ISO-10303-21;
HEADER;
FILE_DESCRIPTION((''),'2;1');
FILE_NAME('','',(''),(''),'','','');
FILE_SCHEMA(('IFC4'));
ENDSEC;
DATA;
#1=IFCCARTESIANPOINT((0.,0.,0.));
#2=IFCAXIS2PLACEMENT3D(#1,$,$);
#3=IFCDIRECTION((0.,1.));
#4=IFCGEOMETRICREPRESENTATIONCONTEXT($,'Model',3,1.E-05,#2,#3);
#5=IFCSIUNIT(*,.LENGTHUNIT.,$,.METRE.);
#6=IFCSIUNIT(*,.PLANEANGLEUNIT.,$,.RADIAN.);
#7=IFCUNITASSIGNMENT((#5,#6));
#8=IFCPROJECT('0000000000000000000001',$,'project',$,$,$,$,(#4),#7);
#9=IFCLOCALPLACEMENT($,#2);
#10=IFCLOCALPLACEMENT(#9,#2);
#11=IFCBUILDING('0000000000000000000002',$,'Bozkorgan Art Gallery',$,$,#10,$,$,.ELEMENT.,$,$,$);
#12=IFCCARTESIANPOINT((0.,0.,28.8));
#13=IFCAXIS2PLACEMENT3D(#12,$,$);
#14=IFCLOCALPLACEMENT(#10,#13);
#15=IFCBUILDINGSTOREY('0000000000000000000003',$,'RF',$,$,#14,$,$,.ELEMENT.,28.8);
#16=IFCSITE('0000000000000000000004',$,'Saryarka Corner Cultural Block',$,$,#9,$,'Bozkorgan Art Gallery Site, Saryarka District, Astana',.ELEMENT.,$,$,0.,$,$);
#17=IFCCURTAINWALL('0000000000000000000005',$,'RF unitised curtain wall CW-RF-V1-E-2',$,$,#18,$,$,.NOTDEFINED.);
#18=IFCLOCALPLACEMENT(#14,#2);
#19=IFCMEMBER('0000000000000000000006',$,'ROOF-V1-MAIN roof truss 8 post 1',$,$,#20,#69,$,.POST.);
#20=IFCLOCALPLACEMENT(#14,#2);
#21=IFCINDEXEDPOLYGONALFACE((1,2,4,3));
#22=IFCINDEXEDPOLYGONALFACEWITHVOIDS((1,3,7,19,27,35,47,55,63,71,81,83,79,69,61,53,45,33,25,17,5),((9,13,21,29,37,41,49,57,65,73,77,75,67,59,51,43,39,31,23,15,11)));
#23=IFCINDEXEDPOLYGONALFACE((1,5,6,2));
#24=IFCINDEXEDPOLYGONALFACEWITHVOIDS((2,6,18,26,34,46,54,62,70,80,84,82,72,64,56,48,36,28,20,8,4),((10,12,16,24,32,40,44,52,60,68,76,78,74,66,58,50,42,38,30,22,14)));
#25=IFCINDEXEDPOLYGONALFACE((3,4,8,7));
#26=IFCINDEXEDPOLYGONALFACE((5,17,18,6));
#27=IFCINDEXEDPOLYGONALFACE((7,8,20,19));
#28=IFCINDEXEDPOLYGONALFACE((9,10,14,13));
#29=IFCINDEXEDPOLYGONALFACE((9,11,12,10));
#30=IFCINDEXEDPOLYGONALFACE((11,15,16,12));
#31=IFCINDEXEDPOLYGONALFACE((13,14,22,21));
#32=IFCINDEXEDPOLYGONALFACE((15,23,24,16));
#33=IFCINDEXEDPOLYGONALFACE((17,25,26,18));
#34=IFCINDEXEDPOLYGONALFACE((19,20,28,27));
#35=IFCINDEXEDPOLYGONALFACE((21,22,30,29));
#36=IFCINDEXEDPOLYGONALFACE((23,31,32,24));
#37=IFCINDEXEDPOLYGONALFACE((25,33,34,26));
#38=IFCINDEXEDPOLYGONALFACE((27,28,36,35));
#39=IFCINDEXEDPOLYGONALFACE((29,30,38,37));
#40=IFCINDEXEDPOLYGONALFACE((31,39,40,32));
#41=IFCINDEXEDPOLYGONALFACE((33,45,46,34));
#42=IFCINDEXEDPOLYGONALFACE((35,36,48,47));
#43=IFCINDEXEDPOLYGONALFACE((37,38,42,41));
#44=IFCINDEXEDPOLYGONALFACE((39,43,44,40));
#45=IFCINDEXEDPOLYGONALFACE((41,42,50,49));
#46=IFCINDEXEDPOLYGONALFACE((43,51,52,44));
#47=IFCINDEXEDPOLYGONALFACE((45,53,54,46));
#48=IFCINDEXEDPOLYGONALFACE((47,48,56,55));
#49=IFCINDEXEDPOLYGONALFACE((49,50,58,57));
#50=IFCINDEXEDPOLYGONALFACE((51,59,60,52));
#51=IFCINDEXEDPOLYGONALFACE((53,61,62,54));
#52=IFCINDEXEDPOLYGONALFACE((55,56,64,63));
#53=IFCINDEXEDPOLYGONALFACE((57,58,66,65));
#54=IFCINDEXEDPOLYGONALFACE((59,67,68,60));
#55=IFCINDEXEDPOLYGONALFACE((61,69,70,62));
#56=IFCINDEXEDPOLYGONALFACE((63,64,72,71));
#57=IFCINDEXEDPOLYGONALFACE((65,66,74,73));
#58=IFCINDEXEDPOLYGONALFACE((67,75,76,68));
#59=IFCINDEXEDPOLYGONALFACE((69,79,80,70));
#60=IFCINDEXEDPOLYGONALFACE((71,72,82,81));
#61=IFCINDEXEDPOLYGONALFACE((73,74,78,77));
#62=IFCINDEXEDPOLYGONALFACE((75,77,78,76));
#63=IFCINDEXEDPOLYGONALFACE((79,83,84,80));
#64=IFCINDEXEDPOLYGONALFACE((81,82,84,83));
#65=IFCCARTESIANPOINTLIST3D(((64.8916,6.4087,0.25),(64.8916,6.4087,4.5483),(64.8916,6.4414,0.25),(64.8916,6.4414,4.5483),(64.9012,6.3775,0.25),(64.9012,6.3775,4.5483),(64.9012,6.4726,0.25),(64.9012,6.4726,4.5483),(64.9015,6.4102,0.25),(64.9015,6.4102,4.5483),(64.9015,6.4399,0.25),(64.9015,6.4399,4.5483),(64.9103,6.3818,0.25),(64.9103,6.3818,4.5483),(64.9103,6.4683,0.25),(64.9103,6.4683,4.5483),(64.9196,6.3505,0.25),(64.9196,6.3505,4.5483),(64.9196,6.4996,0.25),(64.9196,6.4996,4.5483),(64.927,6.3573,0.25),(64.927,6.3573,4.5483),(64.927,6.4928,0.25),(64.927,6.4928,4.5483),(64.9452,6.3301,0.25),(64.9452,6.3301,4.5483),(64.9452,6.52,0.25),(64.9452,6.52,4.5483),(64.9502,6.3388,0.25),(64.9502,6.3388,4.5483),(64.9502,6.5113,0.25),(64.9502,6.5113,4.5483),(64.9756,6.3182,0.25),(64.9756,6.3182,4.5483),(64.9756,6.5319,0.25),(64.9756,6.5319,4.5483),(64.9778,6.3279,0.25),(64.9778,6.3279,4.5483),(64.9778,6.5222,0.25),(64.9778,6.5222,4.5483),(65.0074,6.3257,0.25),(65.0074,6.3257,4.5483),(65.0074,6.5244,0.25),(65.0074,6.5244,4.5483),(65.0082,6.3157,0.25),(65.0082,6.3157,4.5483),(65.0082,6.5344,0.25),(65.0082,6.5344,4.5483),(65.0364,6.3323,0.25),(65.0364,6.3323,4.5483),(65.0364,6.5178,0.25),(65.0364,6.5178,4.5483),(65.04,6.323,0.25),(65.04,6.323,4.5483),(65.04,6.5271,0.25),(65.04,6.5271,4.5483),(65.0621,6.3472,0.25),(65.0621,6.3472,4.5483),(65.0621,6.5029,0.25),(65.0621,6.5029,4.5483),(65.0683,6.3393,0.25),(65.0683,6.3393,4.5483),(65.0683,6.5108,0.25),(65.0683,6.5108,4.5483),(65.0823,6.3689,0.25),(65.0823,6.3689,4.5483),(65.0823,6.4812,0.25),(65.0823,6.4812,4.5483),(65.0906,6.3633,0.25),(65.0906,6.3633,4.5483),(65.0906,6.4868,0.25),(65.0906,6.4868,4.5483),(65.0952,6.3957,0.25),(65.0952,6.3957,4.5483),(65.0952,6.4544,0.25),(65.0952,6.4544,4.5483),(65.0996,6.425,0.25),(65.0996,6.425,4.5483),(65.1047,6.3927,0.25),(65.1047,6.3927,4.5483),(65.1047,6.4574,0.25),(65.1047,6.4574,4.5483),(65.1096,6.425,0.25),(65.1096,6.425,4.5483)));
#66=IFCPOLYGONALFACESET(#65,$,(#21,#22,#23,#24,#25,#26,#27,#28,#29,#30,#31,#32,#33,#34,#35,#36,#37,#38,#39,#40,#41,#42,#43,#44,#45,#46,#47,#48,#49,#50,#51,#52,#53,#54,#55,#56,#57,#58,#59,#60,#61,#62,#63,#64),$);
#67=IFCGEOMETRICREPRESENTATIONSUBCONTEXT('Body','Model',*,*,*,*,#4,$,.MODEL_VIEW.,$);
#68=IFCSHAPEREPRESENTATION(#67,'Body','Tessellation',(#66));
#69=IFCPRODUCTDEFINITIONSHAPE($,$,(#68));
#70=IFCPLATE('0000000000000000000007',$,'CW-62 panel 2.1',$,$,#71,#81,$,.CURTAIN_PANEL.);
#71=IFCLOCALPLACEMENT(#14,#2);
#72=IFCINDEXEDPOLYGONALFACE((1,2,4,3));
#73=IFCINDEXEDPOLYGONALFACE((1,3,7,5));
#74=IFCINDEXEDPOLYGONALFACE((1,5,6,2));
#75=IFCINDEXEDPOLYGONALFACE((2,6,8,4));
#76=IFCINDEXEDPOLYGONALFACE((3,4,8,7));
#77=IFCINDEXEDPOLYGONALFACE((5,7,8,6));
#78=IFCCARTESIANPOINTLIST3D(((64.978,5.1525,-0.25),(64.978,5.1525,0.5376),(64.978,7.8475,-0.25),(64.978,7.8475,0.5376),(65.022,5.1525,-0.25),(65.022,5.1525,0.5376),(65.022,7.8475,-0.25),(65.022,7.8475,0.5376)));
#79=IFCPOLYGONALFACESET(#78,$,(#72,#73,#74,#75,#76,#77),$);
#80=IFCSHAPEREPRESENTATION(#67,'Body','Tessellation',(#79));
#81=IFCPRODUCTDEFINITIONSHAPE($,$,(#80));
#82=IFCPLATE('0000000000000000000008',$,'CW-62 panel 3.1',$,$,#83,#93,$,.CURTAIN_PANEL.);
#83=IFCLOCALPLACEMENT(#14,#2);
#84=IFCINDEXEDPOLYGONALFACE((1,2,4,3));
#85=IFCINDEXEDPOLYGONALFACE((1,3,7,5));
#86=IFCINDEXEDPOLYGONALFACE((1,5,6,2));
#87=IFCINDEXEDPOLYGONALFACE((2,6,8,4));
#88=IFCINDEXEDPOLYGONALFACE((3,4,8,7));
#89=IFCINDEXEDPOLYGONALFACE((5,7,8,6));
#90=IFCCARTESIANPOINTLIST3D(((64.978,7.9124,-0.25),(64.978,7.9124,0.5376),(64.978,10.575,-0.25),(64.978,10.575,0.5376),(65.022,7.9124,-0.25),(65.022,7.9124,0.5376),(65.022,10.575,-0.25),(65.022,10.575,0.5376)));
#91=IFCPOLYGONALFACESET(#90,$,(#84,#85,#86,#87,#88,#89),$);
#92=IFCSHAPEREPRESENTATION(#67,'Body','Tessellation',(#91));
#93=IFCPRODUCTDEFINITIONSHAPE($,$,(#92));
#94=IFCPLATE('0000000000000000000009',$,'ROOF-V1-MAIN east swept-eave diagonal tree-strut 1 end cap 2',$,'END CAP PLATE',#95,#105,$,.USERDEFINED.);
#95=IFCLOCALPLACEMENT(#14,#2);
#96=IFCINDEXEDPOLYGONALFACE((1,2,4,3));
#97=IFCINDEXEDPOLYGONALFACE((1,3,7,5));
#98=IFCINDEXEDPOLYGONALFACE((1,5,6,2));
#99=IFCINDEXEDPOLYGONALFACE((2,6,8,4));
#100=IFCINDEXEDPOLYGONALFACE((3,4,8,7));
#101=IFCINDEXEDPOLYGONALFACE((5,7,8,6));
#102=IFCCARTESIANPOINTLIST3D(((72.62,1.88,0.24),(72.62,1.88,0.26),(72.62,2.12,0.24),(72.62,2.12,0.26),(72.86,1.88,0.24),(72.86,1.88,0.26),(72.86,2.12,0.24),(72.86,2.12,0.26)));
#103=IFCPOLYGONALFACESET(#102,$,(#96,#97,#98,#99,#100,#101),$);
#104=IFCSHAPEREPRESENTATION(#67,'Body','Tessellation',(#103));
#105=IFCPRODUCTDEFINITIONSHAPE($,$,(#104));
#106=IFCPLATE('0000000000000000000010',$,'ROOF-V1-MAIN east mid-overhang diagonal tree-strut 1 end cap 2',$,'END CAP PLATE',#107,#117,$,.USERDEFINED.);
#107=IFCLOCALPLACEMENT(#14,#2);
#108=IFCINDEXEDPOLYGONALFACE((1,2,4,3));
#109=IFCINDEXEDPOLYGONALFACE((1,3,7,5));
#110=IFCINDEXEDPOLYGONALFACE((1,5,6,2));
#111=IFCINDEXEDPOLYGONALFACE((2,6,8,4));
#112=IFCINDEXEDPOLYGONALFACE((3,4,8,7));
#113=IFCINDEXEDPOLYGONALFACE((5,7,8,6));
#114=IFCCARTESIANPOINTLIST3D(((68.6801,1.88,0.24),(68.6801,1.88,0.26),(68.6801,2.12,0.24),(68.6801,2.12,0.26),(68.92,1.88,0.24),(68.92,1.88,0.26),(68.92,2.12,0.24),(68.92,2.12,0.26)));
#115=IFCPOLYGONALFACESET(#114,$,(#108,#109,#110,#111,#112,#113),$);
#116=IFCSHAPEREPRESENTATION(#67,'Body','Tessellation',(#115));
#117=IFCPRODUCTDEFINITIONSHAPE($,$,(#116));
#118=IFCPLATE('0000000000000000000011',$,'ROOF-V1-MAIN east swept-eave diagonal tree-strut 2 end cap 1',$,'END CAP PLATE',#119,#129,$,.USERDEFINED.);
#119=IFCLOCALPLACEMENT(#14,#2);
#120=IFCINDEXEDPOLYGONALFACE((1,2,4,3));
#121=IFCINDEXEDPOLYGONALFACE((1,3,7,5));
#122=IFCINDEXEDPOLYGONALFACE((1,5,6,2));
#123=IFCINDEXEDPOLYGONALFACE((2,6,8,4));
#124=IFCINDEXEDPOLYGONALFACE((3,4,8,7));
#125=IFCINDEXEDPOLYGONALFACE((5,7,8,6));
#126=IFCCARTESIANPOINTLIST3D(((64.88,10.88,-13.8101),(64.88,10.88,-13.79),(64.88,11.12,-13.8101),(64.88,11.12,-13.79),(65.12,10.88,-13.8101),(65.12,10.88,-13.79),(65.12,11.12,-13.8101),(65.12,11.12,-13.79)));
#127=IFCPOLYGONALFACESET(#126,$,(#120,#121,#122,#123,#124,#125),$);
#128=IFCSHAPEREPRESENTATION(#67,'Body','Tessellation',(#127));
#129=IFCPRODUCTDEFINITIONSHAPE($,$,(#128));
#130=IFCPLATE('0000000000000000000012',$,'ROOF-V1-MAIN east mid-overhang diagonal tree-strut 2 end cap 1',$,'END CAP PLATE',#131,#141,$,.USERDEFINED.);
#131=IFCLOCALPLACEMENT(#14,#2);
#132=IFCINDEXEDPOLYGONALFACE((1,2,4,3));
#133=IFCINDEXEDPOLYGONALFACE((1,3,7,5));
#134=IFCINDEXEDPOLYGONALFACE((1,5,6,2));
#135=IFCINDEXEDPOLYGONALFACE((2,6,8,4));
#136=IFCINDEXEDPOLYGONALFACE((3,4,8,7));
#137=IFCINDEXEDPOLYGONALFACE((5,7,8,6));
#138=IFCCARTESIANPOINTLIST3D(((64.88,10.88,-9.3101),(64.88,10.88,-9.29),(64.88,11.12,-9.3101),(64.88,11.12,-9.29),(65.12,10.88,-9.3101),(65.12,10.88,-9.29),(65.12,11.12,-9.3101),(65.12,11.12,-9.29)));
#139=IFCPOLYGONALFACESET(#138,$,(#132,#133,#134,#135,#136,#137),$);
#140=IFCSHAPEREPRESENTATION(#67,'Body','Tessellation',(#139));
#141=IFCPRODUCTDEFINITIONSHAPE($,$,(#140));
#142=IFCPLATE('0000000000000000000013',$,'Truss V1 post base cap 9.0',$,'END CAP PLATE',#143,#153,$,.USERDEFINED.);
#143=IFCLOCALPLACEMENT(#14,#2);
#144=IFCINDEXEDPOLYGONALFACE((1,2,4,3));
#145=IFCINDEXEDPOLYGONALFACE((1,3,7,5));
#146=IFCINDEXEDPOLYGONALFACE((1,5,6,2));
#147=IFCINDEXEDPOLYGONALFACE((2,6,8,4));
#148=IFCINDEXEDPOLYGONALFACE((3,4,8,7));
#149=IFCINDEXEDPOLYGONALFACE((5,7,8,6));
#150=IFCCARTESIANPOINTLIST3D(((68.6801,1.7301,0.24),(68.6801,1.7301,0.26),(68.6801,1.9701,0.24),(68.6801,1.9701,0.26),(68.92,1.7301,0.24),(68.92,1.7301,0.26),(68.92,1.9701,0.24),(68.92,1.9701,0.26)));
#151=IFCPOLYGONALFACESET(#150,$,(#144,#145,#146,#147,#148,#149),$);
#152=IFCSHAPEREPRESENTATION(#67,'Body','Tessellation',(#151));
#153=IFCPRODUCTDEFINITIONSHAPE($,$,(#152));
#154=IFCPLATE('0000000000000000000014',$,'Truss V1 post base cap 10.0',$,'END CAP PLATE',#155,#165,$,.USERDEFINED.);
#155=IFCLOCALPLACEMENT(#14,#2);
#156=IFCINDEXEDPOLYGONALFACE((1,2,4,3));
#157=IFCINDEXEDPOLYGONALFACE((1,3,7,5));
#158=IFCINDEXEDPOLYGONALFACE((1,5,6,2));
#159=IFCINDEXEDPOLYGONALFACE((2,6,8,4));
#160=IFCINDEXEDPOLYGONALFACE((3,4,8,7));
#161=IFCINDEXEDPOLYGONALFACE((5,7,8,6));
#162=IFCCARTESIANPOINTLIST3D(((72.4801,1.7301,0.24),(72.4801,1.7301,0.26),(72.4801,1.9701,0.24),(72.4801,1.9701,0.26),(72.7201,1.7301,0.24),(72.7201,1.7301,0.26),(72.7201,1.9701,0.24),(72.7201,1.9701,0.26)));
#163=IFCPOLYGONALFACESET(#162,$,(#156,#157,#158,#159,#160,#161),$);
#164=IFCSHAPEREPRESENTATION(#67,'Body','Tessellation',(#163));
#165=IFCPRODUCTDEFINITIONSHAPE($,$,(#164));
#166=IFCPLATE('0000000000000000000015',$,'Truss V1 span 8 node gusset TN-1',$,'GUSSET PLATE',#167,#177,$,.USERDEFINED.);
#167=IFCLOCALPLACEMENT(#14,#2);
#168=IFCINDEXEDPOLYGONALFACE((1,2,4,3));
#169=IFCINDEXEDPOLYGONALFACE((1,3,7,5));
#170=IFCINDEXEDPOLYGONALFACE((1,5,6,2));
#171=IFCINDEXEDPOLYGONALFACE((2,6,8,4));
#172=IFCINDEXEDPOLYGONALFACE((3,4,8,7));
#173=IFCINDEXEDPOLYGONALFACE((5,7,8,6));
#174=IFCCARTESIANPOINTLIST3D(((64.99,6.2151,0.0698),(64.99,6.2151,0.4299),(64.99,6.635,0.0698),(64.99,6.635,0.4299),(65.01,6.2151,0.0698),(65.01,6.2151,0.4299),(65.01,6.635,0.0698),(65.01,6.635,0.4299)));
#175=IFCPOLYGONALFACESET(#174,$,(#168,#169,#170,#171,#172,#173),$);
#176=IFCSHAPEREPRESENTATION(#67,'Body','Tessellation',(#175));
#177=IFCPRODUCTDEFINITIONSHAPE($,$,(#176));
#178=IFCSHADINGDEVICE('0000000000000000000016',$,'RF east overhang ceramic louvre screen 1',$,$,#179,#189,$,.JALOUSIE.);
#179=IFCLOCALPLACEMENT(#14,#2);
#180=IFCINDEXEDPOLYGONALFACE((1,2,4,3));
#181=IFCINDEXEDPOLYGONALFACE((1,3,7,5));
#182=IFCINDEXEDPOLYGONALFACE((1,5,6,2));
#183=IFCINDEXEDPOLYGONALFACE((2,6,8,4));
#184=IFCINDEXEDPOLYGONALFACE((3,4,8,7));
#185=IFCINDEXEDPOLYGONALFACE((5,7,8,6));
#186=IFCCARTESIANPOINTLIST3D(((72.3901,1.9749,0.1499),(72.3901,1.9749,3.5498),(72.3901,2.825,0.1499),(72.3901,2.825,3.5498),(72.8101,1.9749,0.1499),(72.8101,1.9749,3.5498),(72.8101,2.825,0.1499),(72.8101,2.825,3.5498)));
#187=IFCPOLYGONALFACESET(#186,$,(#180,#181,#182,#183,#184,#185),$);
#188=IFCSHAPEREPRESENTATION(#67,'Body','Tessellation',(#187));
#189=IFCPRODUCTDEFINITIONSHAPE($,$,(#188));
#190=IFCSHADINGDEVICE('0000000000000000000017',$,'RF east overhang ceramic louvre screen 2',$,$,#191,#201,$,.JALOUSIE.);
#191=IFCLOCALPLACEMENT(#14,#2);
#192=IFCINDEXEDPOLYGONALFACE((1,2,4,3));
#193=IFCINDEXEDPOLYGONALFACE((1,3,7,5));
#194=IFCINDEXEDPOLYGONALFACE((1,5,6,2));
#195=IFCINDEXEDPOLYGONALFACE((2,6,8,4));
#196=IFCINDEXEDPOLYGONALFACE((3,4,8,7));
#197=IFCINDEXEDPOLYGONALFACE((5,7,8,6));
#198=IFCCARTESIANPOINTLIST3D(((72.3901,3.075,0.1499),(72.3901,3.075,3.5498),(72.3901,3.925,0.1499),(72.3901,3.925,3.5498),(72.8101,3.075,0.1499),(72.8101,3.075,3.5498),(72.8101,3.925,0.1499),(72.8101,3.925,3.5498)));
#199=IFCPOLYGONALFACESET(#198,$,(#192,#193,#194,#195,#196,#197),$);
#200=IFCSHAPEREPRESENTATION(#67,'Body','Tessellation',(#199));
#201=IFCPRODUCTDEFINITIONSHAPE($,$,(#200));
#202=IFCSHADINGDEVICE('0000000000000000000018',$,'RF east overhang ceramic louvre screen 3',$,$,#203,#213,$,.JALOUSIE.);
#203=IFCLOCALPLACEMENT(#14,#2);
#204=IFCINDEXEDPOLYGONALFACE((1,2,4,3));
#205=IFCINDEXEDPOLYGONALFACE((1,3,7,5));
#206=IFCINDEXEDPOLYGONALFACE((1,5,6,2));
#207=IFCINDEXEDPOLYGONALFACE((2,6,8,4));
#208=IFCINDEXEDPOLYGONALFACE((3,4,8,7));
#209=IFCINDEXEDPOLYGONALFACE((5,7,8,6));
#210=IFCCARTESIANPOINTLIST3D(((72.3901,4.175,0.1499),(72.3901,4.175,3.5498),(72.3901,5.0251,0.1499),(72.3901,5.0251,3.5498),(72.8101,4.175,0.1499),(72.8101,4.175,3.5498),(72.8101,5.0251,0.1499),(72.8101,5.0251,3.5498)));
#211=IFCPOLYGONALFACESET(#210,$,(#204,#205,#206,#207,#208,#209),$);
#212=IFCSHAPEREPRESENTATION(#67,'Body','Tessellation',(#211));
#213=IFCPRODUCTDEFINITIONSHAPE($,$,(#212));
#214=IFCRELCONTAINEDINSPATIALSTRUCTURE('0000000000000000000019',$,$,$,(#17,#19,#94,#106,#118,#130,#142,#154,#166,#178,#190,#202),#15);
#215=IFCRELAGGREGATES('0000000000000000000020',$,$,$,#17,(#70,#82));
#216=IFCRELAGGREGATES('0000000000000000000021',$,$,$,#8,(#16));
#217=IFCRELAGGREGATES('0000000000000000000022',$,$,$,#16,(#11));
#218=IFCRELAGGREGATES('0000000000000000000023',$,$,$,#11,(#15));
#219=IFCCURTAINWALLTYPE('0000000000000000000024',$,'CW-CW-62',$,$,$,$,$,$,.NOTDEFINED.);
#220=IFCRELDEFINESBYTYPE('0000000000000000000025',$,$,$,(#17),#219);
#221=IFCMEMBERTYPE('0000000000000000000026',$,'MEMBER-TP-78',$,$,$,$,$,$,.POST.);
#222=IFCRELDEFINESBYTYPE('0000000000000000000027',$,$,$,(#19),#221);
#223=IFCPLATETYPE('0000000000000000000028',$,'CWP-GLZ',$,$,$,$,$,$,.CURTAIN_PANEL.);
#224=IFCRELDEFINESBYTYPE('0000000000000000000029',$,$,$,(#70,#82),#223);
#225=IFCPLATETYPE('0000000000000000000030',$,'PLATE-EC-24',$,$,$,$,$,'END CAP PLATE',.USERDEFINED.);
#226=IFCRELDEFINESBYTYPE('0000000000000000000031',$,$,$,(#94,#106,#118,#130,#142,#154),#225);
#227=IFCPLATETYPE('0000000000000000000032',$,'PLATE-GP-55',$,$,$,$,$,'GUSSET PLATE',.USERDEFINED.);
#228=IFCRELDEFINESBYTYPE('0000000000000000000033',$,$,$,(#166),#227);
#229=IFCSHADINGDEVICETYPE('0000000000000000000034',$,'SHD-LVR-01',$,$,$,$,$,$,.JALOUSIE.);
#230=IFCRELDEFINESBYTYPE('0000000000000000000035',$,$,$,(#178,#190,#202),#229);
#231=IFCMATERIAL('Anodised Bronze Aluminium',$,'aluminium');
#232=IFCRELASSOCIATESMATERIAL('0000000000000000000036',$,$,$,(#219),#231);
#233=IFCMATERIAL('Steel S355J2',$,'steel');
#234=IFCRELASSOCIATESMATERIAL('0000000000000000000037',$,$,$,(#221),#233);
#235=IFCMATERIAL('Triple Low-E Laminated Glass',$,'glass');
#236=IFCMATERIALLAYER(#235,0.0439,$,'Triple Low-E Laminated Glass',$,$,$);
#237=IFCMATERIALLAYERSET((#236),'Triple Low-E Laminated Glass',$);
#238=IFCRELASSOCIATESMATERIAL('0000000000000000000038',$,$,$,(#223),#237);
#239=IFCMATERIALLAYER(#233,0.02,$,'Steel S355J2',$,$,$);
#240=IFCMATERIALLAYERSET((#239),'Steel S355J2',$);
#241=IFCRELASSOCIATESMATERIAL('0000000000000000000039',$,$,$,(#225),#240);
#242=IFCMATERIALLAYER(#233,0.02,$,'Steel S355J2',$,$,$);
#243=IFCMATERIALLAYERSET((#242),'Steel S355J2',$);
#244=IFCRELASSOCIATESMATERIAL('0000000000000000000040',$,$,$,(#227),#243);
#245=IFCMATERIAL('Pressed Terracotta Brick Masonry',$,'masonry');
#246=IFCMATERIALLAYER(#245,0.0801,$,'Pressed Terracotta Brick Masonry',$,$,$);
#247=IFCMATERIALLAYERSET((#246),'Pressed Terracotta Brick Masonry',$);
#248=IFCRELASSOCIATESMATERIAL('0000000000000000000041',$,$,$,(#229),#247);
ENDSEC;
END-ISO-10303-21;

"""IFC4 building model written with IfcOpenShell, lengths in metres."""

from ifc_helpers import new_model, si_unit, direction, frame, origin, origin_2d, place, context, subcontext, project, spatial, rectangle, hollow_circle, extrude, material, layer, layer_set, material_profile, profile_set, type_object, element, aggregate, save


model = new_model("IFC4")

# Units and contexts
model_context = context("Model", 3, precision=1e-05, world=origin(), true_north=direction((0.0, 1.0)))
body_context = subcontext(model_context, "Body", "Model", "MODEL_VIEW")
ifc_project = project(units=[si_unit("LENGTHUNIT", "METRE"), si_unit("PLANEANGLEUNIT", "RADIAN")], contexts=[model_context])

# Site, building, storey
site_placement = place(None, origin())
site = spatial("IfcSite", under=ifc_project, at=site_placement, Name="Saryarka Corner Cultural Block", LongName="Bozkorgan Art Gallery Site, Saryarka District, Astana", CompositionType="ELEMENT", RefElevation=0.0)
building_placement = place(site_placement, origin())
building = spatial("IfcBuilding", under=site, at=building_placement, Name="Bozkorgan Art Gallery", CompositionType="ELEMENT")
storey_placement = place(building_placement, frame((0.0, 0.0, 28.8)))
storey = spatial("IfcBuildingStorey", under=building, at=storey_placement, Name="RF", CompositionType="ELEMENT", Elevation=28.8)

# Shared definitions
ifc_material_1 = material(Name="Steel S355J2", Category="steel")

# Curtain wall
ifc_material_2 = material(Name="Anodised Bronze Aluminium", Category="aluminium")
curtain_wall_type = type_object("IfcCurtainWallType", Name="CW-CW-62", PredefinedType="NOTDEFINED", material=ifc_material_2)
curtain_wall_placement = place(storey_placement, origin())
curtain_wall = element("IfcCurtainWall", 1, at=curtain_wall_placement, inside=storey, type_object=curtain_wall_type, Name="RF unitised curtain wall CW-RF-V1-E-2", PredefinedType="NOTDEFINED")

# Member
ifc_material_profile_1 = material_profile(ifc_material_1, hollow_circle(Radius=0.1096, WallThickness=0.01, at=origin_2d()), Name="CHS 219.1x10")
ifc_profile_set_1 = profile_set([ifc_material_profile_1], Name="Steel S355J2")
member_type_1 = type_object("IfcMemberType", Name="MEMBER-TP-78", PredefinedType="POST", material=ifc_profile_set_1)
member_1_placement = place(storey_placement, frame((65.0, 6.425, 0.25), z_axis=(0.0, 0.0, 1.0), x_axis=(1.0, 0.0, 0.0)))
element("IfcMember", 2, at=member_1_placement, inside=storey, type_object=member_type_1, Name="ROOF-V1-MAIN roof truss 8 post 1", PredefinedType="POST", context=body_context, shape_type="SweptSolid", body=[
    extrude(hollow_circle(Radius=0.1096, WallThickness=0.01, at=origin_2d()), origin(), (0.0, 0.0, 1.0), 4.2983),
])

# Plates
ifc_material_3 = material(Name="Triple Low-E Laminated Glass", Category="glass")
ifc_layer_1 = layer(ifc_material_3, 0.0439, Name="Triple Low-E Laminated Glass")
ifc_layer_set_1 = layer_set([ifc_layer_1], Name="Triple Low-E Laminated Glass")
plate_type_1 = type_object("IfcPlateType", Name="CWP-GLZ", PredefinedType="CURTAIN_PANEL", material=ifc_layer_set_1)
plate_1_placement = place(storey_placement, frame((65.0, 6.5, -0.25), z_axis=(0.0, 0.0, 1.0), x_axis=(0.0, 1.0, 0.0)))
plate_1 = element("IfcPlate", 3, at=plate_1_placement, type_object=plate_type_1, Name="CW-62 panel 2.1", PredefinedType="CURTAIN_PANEL", context=body_context, shape_type="SweptSolid", body=[
    extrude(rectangle(XDim=2.6951, YDim=0.0439, at=origin_2d()), origin(), (0.0, 0.0, 1.0), 0.7876),
])
plate_2_placement = place(storey_placement, frame((65.0, 9.2437, -0.25), z_axis=(0.0, 0.0, 1.0), x_axis=(0.0, 1.0, 0.0)))
plate_2 = element("IfcPlate", 4, at=plate_2_placement, type_object=plate_type_1, Name="CW-62 panel 3.1", PredefinedType="CURTAIN_PANEL", context=body_context, shape_type="SweptSolid", body=[
    extrude(rectangle(XDim=2.6626, YDim=0.0439, at=origin_2d()), origin(), (0.0, 0.0, 1.0), 0.7876),
])
aggregate(curtain_wall, [plate_1, plate_2])

# Plates
ifc_layer_2 = layer(ifc_material_1, 0.02, Name="Steel S355J2")
ifc_layer_set_2 = layer_set([ifc_layer_2], Name="Steel S355J2")
plate_type_2 = type_object("IfcPlateType", Name="PLATE-EC-24", ElementType="END CAP PLATE", PredefinedType="USERDEFINED", material=ifc_layer_set_2)
for number, where, z_axis, x_axis, name in (
    (5, (72.74, 2.0, 0.24), (0.0, 0.0, 1.0), (1.0, 0.0, 0.0), "ROOF-V1-MAIN east swept-eave diagonal tree-strut 1 end cap 2"),
    (6, (68.8, 2.0, 0.24), (0.0, 0.0, 1.0), (1.0, 0.0, 0.0), "ROOF-V1-MAIN east mid-overhang diagonal tree-strut 1 end cap 2"),
    (7, (65.0, 11.0, -13.8101), (0.0, 0.0, 1.0), (1.0, 0.0, 0.0), "ROOF-V1-MAIN east swept-eave diagonal tree-strut 2 end cap 1"),
    (8, (65.0, 11.0, -9.3101), (0.0, 0.0, 1.0), (1.0, 0.0, 0.0), "ROOF-V1-MAIN east mid-overhang diagonal tree-strut 2 end cap 1"),
    (9, (68.8, 1.8501, 0.24), (0.0, 0.0, 1.0), (1.0, 0.0, 0.0), "Truss V1 post base cap 9.0"),
    (10, (72.6001, 1.8501, 0.24), (0.0, 0.0, 1.0), (1.0, 0.0, 0.0), "Truss V1 post base cap 10.0"),
):
    element("IfcPlate", number, at=place(storey_placement, frame(where, z_axis=z_axis, x_axis=x_axis)), inside=storey, type_object=plate_type_2, Name=name, ObjectType="END CAP PLATE", PredefinedType="USERDEFINED", context=body_context, shape_type="SweptSolid", body=[
        extrude(rectangle(XDim=0.24, YDim=0.24, at=origin_2d()), origin(), (0.0, 0.0, 1.0), 0.02),
    ])
ifc_layer_3 = layer(ifc_material_1, 0.02, Name="Steel S355J2")
ifc_layer_set_3 = layer_set([ifc_layer_3], Name="Steel S355J2")
plate_type_3 = type_object("IfcPlateType", Name="PLATE-GP-55", ElementType="GUSSET PLATE", PredefinedType="USERDEFINED", material=ifc_layer_set_3)
plate_3_placement = place(storey_placement, frame((65.0, 6.425, 0.0698), z_axis=(0.0, 0.0, 1.0), x_axis=(1.0, 0.0, 0.0)))
element("IfcPlate", 11, at=plate_3_placement, inside=storey, type_object=plate_type_3, Name="Truss V1 span 8 node gusset TN-1", ObjectType="GUSSET PLATE", PredefinedType="USERDEFINED", context=body_context, shape_type="SweptSolid", body=[
    extrude(rectangle(XDim=0.02, YDim=0.4199, at=origin_2d()), origin(), (0.0, 0.0, 1.0), 0.3601),
])

# Shading devices
ifc_material_4 = material(Name="Pressed Terracotta Brick Masonry", Category="masonry")
ifc_layer_4 = layer(ifc_material_4, 0.0801, Name="Pressed Terracotta Brick Masonry")
ifc_layer_set_4 = layer_set([ifc_layer_4], Name="Pressed Terracotta Brick Masonry")
shading_device_type = type_object("IfcShadingDeviceType", Name="SHD-LVR-01", PredefinedType="JALOUSIE", material=ifc_layer_set_4)
for number, where, z_axis, x_axis, name in (
    (12, (72.6001, 2.3999, 0.1499), (0.0, 0.0, 1.0), (1.0, 0.0, 0.0), "RF east overhang ceramic louvre screen 1"),
    (13, (72.6001, 3.5, 0.1499), (0.0, 0.0, 1.0), (1.0, 0.0, 0.0), "RF east overhang ceramic louvre screen 2"),
    (14, (72.6001, 4.6001, 0.1499), (0.0, 0.0, 1.0), (1.0, 0.0, 0.0), "RF east overhang ceramic louvre screen 3"),
):
    element("IfcShadingDevice", number, at=place(storey_placement, frame(where, z_axis=z_axis, x_axis=x_axis)), inside=storey, type_object=shading_device_type, Name=name, PredefinedType="JALOUSIE", context=body_context, shape_type="SweptSolid", body=[
        extrude(rectangle(XDim=0.4199, YDim=0.8501, at=origin_2d()), origin(), (0.0, 0.0, 1.0), 3.3999),
    ])

save(model, "model.ifc")
